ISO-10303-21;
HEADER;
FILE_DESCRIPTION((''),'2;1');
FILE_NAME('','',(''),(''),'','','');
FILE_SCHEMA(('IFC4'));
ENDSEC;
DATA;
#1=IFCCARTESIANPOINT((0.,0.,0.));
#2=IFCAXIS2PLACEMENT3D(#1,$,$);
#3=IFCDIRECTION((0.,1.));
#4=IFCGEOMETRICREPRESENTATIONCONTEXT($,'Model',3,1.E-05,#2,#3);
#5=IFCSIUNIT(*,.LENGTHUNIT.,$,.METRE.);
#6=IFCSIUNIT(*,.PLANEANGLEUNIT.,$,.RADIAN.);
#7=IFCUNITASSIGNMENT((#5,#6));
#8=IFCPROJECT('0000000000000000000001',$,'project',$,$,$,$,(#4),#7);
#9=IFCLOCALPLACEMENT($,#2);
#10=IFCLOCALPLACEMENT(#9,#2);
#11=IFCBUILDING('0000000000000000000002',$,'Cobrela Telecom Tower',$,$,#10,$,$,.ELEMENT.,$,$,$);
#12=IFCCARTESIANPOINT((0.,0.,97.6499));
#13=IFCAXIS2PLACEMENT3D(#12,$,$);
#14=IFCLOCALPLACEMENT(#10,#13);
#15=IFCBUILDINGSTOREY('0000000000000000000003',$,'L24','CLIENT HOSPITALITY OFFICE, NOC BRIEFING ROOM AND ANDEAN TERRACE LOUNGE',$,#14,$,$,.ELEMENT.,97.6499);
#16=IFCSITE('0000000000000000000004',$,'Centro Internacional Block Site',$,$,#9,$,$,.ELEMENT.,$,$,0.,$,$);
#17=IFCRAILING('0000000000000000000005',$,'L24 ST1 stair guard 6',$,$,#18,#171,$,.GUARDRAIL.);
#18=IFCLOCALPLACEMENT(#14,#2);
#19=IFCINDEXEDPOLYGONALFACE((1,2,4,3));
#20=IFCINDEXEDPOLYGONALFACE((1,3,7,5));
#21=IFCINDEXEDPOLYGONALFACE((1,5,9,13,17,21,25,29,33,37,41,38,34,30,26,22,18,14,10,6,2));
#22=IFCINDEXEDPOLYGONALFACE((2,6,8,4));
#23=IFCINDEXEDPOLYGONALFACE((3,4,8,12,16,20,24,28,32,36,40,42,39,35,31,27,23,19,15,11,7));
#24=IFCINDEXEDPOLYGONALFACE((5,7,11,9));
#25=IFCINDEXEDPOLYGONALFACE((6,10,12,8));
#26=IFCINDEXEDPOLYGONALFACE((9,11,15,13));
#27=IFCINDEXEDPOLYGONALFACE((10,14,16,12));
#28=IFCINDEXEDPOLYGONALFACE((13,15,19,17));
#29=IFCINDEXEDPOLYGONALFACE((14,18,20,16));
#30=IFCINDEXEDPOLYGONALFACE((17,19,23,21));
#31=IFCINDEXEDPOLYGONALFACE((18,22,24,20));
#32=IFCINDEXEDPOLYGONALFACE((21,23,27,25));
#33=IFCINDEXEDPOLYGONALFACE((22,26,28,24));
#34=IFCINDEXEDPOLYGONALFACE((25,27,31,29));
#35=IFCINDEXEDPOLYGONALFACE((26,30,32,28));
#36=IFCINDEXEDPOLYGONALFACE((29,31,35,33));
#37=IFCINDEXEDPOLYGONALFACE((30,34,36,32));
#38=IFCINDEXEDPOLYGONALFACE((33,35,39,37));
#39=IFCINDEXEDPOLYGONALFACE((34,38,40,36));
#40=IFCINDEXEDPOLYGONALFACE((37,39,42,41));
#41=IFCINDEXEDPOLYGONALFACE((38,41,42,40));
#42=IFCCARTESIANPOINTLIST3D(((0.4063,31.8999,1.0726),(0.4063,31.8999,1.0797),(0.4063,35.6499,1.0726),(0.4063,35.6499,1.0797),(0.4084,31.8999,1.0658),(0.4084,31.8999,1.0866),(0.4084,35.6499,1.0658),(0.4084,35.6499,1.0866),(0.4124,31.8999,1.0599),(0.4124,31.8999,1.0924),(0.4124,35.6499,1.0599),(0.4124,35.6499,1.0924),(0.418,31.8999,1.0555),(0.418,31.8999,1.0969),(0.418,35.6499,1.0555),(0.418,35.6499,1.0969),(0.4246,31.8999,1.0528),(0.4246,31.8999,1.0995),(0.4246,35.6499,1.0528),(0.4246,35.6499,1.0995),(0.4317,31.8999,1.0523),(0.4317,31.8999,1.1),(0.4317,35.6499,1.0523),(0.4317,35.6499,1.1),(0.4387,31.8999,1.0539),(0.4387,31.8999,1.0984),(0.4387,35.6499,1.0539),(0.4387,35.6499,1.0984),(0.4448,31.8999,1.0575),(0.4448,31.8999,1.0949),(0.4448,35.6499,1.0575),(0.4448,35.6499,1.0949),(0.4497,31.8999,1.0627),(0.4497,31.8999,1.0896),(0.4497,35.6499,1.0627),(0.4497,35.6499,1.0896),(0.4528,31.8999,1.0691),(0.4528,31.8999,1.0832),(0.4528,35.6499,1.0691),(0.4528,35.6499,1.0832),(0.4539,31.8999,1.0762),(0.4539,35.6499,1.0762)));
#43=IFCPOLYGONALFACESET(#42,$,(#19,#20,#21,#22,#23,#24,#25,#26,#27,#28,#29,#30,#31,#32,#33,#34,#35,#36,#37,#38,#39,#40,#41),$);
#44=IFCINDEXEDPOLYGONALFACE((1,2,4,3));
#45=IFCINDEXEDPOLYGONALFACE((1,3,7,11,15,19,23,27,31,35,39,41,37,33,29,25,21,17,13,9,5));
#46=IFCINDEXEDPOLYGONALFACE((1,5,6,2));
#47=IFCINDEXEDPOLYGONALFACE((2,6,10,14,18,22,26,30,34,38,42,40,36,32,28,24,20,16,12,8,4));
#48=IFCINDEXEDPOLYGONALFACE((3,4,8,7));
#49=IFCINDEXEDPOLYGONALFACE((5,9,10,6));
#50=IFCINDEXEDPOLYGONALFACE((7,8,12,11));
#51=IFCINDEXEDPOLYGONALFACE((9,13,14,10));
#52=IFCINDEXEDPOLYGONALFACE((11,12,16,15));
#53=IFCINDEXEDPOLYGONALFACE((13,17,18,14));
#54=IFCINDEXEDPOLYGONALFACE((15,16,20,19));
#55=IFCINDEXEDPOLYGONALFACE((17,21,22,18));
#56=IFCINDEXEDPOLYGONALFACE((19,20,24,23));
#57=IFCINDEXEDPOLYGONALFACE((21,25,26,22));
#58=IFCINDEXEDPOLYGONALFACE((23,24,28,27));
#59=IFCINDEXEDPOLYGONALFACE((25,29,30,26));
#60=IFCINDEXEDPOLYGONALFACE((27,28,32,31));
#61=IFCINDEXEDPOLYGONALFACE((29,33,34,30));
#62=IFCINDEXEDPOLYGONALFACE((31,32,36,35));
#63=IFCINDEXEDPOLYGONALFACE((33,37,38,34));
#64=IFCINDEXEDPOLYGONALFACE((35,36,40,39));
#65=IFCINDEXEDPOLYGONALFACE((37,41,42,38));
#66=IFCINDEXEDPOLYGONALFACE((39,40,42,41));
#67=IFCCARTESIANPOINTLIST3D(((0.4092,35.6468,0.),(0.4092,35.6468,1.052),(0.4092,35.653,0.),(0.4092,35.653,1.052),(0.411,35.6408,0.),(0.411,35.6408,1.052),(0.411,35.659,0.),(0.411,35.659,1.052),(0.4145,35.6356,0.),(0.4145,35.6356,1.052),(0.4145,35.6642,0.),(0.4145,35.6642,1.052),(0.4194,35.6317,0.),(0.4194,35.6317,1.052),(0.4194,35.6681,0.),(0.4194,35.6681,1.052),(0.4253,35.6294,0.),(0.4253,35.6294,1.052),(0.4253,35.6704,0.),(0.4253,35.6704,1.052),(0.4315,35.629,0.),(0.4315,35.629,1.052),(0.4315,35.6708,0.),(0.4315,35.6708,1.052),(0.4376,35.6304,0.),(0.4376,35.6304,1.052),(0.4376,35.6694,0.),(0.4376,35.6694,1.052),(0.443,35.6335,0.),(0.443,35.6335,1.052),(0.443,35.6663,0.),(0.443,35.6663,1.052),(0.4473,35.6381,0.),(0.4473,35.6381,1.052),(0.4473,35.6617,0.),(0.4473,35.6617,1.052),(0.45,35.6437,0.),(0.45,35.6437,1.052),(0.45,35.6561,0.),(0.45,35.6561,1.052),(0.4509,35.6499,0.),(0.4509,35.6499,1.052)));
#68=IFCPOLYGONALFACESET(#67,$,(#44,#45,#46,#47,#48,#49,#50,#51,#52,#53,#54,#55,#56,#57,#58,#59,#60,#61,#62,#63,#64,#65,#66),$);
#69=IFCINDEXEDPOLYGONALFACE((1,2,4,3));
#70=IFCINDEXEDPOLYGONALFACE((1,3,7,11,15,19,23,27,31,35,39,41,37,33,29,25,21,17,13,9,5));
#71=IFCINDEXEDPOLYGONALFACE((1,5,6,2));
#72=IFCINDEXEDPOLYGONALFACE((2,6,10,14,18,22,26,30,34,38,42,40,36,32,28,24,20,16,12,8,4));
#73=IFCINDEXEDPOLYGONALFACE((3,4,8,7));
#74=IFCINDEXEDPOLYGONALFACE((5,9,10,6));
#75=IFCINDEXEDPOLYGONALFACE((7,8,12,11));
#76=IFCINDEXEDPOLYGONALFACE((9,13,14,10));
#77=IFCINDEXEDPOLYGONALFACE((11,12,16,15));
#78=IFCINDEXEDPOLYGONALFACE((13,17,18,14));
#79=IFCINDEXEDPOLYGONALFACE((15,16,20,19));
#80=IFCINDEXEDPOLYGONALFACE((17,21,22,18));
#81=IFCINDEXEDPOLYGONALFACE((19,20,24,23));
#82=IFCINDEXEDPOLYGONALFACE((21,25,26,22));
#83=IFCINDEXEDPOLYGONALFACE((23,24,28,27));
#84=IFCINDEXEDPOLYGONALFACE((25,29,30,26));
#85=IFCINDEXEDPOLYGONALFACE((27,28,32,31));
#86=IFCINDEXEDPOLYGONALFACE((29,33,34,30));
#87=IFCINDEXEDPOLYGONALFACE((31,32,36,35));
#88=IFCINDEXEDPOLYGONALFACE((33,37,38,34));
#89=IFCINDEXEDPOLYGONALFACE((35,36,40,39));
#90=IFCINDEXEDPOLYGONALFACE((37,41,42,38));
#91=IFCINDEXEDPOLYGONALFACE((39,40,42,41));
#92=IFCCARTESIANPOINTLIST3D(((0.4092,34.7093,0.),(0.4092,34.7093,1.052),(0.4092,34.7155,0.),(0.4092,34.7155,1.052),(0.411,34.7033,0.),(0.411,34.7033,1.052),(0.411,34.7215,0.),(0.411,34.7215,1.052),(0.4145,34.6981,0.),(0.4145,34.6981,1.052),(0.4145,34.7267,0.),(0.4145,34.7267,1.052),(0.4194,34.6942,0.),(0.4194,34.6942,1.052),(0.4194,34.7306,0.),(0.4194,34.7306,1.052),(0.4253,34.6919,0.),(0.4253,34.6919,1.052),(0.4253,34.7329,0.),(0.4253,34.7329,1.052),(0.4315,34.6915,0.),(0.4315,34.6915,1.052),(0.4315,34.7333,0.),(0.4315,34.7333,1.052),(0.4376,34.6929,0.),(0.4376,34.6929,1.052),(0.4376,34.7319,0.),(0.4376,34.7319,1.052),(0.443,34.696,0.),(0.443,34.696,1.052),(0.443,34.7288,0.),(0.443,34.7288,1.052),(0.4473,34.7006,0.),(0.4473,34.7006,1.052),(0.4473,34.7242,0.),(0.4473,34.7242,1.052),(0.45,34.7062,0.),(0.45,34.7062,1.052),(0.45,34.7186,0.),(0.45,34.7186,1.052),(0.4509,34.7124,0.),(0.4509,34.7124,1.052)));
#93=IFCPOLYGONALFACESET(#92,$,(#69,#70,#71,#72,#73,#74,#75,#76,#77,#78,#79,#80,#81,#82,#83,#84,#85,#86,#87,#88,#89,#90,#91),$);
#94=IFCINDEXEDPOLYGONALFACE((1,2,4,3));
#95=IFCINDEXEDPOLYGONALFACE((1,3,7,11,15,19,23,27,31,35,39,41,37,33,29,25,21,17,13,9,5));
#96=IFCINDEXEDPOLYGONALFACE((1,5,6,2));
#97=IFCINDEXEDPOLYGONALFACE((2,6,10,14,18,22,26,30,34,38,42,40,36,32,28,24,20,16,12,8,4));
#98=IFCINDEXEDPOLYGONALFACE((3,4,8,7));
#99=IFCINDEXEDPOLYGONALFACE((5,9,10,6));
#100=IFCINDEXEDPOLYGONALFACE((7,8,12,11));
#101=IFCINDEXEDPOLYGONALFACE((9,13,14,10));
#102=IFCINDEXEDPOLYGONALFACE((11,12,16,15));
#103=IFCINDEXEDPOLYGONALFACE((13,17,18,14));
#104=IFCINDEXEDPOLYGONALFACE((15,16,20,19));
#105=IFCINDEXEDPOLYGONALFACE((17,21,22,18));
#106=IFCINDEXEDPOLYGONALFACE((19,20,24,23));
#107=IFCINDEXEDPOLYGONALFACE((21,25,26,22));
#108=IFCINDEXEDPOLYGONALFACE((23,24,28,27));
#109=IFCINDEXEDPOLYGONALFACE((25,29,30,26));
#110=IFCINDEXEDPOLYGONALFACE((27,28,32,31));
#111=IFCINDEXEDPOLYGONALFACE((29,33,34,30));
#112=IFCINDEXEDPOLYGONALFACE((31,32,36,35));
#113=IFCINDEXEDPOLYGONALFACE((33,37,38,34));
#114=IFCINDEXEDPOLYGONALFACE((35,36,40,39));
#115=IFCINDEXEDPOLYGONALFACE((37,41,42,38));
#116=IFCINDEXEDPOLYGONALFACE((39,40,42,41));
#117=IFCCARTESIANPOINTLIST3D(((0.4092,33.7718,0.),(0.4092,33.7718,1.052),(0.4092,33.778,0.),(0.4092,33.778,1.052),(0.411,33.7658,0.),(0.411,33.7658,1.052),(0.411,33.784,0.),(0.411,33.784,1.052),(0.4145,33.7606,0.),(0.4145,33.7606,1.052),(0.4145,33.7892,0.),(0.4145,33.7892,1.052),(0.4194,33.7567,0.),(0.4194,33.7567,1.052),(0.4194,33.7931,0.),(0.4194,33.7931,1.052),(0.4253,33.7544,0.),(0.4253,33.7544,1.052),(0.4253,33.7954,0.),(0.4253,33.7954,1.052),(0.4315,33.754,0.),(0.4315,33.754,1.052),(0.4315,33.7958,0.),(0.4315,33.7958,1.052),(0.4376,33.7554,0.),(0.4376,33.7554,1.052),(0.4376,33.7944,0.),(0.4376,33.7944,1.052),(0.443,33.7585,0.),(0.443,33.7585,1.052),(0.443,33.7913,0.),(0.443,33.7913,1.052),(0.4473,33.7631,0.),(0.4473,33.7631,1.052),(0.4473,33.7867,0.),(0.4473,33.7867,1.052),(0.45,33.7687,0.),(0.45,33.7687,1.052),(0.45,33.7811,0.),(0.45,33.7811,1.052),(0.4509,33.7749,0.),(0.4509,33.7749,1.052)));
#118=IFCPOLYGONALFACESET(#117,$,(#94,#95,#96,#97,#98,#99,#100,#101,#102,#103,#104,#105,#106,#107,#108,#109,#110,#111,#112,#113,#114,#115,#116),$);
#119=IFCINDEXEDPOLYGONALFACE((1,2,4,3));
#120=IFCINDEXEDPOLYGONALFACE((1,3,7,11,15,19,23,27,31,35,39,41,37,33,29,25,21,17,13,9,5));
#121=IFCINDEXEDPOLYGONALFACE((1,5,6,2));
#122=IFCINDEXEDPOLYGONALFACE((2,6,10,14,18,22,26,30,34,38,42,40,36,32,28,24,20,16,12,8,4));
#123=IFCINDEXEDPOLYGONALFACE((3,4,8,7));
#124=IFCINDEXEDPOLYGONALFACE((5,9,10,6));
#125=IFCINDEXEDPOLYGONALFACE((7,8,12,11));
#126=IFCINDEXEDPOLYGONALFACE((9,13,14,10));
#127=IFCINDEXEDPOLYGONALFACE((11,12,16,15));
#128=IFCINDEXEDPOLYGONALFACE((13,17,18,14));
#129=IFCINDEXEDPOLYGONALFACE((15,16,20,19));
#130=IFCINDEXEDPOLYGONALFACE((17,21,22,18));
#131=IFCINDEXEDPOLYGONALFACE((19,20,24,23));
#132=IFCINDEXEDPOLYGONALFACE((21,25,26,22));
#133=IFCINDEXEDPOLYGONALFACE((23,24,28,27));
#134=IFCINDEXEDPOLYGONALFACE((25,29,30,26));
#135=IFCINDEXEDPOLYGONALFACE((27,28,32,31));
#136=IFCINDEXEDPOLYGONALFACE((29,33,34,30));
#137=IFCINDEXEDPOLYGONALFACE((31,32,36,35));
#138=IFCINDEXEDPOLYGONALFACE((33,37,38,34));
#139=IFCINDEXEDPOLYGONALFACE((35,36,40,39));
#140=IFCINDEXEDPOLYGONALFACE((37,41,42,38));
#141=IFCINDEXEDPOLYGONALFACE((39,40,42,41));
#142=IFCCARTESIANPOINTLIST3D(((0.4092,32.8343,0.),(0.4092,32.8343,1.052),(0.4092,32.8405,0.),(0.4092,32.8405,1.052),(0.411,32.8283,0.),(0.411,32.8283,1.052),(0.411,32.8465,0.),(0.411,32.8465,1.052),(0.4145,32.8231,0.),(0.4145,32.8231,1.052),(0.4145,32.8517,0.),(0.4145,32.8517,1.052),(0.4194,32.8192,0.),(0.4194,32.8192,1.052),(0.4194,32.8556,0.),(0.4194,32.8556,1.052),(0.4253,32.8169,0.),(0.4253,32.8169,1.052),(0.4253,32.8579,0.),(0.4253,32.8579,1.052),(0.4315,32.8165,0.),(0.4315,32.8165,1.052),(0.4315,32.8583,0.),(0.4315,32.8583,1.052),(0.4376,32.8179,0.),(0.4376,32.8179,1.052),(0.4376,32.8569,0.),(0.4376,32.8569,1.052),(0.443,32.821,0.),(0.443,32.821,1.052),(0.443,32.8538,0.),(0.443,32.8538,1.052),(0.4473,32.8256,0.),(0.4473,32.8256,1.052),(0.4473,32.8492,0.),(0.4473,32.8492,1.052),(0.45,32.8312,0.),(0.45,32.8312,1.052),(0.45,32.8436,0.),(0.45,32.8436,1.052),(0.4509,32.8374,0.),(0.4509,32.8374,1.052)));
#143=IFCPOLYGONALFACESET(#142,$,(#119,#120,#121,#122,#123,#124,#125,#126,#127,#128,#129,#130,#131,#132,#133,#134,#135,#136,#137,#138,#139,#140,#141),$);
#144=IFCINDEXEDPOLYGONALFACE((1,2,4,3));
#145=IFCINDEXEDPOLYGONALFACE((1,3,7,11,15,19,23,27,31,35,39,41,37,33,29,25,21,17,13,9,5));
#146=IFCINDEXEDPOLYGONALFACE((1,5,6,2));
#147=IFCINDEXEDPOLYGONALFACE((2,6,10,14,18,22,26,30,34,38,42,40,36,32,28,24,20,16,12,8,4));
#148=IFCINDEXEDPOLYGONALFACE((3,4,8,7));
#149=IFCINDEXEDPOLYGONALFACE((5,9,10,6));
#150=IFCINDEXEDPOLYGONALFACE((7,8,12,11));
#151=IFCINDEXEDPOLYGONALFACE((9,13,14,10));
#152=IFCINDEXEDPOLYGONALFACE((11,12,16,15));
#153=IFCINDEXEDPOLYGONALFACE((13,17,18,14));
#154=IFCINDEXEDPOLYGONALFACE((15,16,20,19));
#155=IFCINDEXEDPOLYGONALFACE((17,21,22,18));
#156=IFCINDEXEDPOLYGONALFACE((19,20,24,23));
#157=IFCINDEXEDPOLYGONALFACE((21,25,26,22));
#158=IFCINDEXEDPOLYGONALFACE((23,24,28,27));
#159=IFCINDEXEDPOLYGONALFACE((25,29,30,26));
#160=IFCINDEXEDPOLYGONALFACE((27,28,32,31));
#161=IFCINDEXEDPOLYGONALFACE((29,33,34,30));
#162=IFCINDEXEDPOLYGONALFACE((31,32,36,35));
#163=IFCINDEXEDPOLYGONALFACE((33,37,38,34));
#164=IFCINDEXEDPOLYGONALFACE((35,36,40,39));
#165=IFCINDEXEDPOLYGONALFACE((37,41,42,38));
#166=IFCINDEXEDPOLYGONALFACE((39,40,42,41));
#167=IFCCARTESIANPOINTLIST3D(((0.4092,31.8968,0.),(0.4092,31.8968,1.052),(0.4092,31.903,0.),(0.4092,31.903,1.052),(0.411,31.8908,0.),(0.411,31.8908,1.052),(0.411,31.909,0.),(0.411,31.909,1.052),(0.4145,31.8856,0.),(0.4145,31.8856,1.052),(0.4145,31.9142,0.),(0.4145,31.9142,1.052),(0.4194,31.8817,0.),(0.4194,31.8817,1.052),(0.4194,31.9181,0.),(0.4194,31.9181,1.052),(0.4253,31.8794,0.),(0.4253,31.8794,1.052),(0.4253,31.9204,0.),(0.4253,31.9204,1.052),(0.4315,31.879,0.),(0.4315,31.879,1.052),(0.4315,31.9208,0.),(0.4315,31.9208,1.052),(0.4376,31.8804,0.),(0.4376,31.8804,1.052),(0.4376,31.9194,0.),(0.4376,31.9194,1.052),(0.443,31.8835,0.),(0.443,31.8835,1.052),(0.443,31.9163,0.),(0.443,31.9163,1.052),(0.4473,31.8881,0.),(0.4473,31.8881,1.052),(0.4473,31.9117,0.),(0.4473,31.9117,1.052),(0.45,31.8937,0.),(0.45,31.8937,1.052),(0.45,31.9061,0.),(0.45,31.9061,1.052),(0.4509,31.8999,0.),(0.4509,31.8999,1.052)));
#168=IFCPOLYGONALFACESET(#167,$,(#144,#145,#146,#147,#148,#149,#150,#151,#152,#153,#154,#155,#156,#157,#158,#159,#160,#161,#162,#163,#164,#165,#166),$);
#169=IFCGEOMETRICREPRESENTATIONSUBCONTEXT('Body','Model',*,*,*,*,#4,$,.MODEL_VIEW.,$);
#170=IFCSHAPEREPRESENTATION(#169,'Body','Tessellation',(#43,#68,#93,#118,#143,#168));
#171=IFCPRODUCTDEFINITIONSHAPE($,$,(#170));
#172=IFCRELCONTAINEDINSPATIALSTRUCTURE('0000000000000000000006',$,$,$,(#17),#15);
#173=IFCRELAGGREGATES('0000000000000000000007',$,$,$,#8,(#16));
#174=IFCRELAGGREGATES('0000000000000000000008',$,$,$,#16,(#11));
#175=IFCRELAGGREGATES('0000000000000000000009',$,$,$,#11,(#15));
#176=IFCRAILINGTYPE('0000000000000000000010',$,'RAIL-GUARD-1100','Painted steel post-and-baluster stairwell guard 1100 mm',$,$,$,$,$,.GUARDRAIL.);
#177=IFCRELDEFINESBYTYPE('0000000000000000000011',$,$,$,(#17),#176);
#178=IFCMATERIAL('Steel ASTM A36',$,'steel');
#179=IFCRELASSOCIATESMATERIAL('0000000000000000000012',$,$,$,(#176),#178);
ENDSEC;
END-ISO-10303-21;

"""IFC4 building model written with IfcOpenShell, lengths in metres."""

from ifc_helpers import new_model, si_unit, direction, frame, origin, origin_2d, place, context, subcontext, project, spatial, circle, extrude, material, type_object, element, save


model = new_model("IFC4")

# Units and contexts
model_context = context("Model", 3, precision=1e-05, world=origin(), true_north=direction((0.0, 1.0)))
body_context = subcontext(model_context, "Body", "Model", "MODEL_VIEW")
ifc_project = project(units=[si_unit("LENGTHUNIT", "METRE"), si_unit("PLANEANGLEUNIT", "RADIAN")], contexts=[model_context])

# Site, building, storey
site_placement = place(None, origin())
site = spatial("IfcSite", under=ifc_project, at=site_placement, Name="Centro Internacional Block Site", CompositionType="ELEMENT", RefElevation=0.0)
building_placement = place(site_placement, origin())
building = spatial("IfcBuilding", under=site, at=building_placement, Name="Cobrela Telecom Tower", CompositionType="ELEMENT")
storey_placement = place(building_placement, frame((0.0, 0.0, 97.6499)))
storey = spatial("IfcBuildingStorey", under=building, at=storey_placement, Name="L24", Description="CLIENT HOSPITALITY OFFICE, NOC BRIEFING ROOM AND ANDEAN TERRACE LOUNGE", CompositionType="ELEMENT", Elevation=97.6499)

# Railing
ifc_material_1 = material(Name="Steel ASTM A36", Category="steel")
railing_type_1 = type_object("IfcRailingType", Name="RAIL-GUARD-1100", Description="Painted steel post-and-baluster stairwell guard 1100 mm", PredefinedType="GUARDRAIL", material=ifc_material_1)
railing_1_placement = place(storey_placement, frame((0.4299, 35.6499, 0.0)))
element("IfcRailing", 1, at=railing_1_placement, inside=storey, type_object=railing_type_1, Name="L24 ST1 stair guard 6", PredefinedType="GUARDRAIL", context=body_context, shape_type="SweptSolid", body=[
    extrude(circle(Radius=0.0239, at=origin_2d()), frame((0.0, 0.0, 1.0762), z_axis=(0.0, -1.0, 0.0), x_axis=(1.0, 0.0, 0.0)), (0.0, 0.0, 1.0), 3.75),
    extrude(circle(Radius=0.021, at=origin_2d()), origin(), (0.0, 0.0, 1.0), 1.052),
    extrude(circle(Radius=0.021, at=origin_2d()), frame((0.0, -0.9375, 0.0)), (0.0, 0.0, 1.0), 1.052),
    extrude(circle(Radius=0.021, at=origin_2d()), frame((0.0, -1.875, 0.0)), (0.0, 0.0, 1.0), 1.052),
    extrude(circle(Radius=0.021, at=origin_2d()), frame((0.0, -2.8125, 0.0)), (0.0, 0.0, 1.0), 1.052),
    extrude(circle(Radius=0.021, at=origin_2d()), frame((0.0, -3.75, 0.0)), (0.0, 0.0, 1.0), 1.052),
])

save(model, "model.ifc")
